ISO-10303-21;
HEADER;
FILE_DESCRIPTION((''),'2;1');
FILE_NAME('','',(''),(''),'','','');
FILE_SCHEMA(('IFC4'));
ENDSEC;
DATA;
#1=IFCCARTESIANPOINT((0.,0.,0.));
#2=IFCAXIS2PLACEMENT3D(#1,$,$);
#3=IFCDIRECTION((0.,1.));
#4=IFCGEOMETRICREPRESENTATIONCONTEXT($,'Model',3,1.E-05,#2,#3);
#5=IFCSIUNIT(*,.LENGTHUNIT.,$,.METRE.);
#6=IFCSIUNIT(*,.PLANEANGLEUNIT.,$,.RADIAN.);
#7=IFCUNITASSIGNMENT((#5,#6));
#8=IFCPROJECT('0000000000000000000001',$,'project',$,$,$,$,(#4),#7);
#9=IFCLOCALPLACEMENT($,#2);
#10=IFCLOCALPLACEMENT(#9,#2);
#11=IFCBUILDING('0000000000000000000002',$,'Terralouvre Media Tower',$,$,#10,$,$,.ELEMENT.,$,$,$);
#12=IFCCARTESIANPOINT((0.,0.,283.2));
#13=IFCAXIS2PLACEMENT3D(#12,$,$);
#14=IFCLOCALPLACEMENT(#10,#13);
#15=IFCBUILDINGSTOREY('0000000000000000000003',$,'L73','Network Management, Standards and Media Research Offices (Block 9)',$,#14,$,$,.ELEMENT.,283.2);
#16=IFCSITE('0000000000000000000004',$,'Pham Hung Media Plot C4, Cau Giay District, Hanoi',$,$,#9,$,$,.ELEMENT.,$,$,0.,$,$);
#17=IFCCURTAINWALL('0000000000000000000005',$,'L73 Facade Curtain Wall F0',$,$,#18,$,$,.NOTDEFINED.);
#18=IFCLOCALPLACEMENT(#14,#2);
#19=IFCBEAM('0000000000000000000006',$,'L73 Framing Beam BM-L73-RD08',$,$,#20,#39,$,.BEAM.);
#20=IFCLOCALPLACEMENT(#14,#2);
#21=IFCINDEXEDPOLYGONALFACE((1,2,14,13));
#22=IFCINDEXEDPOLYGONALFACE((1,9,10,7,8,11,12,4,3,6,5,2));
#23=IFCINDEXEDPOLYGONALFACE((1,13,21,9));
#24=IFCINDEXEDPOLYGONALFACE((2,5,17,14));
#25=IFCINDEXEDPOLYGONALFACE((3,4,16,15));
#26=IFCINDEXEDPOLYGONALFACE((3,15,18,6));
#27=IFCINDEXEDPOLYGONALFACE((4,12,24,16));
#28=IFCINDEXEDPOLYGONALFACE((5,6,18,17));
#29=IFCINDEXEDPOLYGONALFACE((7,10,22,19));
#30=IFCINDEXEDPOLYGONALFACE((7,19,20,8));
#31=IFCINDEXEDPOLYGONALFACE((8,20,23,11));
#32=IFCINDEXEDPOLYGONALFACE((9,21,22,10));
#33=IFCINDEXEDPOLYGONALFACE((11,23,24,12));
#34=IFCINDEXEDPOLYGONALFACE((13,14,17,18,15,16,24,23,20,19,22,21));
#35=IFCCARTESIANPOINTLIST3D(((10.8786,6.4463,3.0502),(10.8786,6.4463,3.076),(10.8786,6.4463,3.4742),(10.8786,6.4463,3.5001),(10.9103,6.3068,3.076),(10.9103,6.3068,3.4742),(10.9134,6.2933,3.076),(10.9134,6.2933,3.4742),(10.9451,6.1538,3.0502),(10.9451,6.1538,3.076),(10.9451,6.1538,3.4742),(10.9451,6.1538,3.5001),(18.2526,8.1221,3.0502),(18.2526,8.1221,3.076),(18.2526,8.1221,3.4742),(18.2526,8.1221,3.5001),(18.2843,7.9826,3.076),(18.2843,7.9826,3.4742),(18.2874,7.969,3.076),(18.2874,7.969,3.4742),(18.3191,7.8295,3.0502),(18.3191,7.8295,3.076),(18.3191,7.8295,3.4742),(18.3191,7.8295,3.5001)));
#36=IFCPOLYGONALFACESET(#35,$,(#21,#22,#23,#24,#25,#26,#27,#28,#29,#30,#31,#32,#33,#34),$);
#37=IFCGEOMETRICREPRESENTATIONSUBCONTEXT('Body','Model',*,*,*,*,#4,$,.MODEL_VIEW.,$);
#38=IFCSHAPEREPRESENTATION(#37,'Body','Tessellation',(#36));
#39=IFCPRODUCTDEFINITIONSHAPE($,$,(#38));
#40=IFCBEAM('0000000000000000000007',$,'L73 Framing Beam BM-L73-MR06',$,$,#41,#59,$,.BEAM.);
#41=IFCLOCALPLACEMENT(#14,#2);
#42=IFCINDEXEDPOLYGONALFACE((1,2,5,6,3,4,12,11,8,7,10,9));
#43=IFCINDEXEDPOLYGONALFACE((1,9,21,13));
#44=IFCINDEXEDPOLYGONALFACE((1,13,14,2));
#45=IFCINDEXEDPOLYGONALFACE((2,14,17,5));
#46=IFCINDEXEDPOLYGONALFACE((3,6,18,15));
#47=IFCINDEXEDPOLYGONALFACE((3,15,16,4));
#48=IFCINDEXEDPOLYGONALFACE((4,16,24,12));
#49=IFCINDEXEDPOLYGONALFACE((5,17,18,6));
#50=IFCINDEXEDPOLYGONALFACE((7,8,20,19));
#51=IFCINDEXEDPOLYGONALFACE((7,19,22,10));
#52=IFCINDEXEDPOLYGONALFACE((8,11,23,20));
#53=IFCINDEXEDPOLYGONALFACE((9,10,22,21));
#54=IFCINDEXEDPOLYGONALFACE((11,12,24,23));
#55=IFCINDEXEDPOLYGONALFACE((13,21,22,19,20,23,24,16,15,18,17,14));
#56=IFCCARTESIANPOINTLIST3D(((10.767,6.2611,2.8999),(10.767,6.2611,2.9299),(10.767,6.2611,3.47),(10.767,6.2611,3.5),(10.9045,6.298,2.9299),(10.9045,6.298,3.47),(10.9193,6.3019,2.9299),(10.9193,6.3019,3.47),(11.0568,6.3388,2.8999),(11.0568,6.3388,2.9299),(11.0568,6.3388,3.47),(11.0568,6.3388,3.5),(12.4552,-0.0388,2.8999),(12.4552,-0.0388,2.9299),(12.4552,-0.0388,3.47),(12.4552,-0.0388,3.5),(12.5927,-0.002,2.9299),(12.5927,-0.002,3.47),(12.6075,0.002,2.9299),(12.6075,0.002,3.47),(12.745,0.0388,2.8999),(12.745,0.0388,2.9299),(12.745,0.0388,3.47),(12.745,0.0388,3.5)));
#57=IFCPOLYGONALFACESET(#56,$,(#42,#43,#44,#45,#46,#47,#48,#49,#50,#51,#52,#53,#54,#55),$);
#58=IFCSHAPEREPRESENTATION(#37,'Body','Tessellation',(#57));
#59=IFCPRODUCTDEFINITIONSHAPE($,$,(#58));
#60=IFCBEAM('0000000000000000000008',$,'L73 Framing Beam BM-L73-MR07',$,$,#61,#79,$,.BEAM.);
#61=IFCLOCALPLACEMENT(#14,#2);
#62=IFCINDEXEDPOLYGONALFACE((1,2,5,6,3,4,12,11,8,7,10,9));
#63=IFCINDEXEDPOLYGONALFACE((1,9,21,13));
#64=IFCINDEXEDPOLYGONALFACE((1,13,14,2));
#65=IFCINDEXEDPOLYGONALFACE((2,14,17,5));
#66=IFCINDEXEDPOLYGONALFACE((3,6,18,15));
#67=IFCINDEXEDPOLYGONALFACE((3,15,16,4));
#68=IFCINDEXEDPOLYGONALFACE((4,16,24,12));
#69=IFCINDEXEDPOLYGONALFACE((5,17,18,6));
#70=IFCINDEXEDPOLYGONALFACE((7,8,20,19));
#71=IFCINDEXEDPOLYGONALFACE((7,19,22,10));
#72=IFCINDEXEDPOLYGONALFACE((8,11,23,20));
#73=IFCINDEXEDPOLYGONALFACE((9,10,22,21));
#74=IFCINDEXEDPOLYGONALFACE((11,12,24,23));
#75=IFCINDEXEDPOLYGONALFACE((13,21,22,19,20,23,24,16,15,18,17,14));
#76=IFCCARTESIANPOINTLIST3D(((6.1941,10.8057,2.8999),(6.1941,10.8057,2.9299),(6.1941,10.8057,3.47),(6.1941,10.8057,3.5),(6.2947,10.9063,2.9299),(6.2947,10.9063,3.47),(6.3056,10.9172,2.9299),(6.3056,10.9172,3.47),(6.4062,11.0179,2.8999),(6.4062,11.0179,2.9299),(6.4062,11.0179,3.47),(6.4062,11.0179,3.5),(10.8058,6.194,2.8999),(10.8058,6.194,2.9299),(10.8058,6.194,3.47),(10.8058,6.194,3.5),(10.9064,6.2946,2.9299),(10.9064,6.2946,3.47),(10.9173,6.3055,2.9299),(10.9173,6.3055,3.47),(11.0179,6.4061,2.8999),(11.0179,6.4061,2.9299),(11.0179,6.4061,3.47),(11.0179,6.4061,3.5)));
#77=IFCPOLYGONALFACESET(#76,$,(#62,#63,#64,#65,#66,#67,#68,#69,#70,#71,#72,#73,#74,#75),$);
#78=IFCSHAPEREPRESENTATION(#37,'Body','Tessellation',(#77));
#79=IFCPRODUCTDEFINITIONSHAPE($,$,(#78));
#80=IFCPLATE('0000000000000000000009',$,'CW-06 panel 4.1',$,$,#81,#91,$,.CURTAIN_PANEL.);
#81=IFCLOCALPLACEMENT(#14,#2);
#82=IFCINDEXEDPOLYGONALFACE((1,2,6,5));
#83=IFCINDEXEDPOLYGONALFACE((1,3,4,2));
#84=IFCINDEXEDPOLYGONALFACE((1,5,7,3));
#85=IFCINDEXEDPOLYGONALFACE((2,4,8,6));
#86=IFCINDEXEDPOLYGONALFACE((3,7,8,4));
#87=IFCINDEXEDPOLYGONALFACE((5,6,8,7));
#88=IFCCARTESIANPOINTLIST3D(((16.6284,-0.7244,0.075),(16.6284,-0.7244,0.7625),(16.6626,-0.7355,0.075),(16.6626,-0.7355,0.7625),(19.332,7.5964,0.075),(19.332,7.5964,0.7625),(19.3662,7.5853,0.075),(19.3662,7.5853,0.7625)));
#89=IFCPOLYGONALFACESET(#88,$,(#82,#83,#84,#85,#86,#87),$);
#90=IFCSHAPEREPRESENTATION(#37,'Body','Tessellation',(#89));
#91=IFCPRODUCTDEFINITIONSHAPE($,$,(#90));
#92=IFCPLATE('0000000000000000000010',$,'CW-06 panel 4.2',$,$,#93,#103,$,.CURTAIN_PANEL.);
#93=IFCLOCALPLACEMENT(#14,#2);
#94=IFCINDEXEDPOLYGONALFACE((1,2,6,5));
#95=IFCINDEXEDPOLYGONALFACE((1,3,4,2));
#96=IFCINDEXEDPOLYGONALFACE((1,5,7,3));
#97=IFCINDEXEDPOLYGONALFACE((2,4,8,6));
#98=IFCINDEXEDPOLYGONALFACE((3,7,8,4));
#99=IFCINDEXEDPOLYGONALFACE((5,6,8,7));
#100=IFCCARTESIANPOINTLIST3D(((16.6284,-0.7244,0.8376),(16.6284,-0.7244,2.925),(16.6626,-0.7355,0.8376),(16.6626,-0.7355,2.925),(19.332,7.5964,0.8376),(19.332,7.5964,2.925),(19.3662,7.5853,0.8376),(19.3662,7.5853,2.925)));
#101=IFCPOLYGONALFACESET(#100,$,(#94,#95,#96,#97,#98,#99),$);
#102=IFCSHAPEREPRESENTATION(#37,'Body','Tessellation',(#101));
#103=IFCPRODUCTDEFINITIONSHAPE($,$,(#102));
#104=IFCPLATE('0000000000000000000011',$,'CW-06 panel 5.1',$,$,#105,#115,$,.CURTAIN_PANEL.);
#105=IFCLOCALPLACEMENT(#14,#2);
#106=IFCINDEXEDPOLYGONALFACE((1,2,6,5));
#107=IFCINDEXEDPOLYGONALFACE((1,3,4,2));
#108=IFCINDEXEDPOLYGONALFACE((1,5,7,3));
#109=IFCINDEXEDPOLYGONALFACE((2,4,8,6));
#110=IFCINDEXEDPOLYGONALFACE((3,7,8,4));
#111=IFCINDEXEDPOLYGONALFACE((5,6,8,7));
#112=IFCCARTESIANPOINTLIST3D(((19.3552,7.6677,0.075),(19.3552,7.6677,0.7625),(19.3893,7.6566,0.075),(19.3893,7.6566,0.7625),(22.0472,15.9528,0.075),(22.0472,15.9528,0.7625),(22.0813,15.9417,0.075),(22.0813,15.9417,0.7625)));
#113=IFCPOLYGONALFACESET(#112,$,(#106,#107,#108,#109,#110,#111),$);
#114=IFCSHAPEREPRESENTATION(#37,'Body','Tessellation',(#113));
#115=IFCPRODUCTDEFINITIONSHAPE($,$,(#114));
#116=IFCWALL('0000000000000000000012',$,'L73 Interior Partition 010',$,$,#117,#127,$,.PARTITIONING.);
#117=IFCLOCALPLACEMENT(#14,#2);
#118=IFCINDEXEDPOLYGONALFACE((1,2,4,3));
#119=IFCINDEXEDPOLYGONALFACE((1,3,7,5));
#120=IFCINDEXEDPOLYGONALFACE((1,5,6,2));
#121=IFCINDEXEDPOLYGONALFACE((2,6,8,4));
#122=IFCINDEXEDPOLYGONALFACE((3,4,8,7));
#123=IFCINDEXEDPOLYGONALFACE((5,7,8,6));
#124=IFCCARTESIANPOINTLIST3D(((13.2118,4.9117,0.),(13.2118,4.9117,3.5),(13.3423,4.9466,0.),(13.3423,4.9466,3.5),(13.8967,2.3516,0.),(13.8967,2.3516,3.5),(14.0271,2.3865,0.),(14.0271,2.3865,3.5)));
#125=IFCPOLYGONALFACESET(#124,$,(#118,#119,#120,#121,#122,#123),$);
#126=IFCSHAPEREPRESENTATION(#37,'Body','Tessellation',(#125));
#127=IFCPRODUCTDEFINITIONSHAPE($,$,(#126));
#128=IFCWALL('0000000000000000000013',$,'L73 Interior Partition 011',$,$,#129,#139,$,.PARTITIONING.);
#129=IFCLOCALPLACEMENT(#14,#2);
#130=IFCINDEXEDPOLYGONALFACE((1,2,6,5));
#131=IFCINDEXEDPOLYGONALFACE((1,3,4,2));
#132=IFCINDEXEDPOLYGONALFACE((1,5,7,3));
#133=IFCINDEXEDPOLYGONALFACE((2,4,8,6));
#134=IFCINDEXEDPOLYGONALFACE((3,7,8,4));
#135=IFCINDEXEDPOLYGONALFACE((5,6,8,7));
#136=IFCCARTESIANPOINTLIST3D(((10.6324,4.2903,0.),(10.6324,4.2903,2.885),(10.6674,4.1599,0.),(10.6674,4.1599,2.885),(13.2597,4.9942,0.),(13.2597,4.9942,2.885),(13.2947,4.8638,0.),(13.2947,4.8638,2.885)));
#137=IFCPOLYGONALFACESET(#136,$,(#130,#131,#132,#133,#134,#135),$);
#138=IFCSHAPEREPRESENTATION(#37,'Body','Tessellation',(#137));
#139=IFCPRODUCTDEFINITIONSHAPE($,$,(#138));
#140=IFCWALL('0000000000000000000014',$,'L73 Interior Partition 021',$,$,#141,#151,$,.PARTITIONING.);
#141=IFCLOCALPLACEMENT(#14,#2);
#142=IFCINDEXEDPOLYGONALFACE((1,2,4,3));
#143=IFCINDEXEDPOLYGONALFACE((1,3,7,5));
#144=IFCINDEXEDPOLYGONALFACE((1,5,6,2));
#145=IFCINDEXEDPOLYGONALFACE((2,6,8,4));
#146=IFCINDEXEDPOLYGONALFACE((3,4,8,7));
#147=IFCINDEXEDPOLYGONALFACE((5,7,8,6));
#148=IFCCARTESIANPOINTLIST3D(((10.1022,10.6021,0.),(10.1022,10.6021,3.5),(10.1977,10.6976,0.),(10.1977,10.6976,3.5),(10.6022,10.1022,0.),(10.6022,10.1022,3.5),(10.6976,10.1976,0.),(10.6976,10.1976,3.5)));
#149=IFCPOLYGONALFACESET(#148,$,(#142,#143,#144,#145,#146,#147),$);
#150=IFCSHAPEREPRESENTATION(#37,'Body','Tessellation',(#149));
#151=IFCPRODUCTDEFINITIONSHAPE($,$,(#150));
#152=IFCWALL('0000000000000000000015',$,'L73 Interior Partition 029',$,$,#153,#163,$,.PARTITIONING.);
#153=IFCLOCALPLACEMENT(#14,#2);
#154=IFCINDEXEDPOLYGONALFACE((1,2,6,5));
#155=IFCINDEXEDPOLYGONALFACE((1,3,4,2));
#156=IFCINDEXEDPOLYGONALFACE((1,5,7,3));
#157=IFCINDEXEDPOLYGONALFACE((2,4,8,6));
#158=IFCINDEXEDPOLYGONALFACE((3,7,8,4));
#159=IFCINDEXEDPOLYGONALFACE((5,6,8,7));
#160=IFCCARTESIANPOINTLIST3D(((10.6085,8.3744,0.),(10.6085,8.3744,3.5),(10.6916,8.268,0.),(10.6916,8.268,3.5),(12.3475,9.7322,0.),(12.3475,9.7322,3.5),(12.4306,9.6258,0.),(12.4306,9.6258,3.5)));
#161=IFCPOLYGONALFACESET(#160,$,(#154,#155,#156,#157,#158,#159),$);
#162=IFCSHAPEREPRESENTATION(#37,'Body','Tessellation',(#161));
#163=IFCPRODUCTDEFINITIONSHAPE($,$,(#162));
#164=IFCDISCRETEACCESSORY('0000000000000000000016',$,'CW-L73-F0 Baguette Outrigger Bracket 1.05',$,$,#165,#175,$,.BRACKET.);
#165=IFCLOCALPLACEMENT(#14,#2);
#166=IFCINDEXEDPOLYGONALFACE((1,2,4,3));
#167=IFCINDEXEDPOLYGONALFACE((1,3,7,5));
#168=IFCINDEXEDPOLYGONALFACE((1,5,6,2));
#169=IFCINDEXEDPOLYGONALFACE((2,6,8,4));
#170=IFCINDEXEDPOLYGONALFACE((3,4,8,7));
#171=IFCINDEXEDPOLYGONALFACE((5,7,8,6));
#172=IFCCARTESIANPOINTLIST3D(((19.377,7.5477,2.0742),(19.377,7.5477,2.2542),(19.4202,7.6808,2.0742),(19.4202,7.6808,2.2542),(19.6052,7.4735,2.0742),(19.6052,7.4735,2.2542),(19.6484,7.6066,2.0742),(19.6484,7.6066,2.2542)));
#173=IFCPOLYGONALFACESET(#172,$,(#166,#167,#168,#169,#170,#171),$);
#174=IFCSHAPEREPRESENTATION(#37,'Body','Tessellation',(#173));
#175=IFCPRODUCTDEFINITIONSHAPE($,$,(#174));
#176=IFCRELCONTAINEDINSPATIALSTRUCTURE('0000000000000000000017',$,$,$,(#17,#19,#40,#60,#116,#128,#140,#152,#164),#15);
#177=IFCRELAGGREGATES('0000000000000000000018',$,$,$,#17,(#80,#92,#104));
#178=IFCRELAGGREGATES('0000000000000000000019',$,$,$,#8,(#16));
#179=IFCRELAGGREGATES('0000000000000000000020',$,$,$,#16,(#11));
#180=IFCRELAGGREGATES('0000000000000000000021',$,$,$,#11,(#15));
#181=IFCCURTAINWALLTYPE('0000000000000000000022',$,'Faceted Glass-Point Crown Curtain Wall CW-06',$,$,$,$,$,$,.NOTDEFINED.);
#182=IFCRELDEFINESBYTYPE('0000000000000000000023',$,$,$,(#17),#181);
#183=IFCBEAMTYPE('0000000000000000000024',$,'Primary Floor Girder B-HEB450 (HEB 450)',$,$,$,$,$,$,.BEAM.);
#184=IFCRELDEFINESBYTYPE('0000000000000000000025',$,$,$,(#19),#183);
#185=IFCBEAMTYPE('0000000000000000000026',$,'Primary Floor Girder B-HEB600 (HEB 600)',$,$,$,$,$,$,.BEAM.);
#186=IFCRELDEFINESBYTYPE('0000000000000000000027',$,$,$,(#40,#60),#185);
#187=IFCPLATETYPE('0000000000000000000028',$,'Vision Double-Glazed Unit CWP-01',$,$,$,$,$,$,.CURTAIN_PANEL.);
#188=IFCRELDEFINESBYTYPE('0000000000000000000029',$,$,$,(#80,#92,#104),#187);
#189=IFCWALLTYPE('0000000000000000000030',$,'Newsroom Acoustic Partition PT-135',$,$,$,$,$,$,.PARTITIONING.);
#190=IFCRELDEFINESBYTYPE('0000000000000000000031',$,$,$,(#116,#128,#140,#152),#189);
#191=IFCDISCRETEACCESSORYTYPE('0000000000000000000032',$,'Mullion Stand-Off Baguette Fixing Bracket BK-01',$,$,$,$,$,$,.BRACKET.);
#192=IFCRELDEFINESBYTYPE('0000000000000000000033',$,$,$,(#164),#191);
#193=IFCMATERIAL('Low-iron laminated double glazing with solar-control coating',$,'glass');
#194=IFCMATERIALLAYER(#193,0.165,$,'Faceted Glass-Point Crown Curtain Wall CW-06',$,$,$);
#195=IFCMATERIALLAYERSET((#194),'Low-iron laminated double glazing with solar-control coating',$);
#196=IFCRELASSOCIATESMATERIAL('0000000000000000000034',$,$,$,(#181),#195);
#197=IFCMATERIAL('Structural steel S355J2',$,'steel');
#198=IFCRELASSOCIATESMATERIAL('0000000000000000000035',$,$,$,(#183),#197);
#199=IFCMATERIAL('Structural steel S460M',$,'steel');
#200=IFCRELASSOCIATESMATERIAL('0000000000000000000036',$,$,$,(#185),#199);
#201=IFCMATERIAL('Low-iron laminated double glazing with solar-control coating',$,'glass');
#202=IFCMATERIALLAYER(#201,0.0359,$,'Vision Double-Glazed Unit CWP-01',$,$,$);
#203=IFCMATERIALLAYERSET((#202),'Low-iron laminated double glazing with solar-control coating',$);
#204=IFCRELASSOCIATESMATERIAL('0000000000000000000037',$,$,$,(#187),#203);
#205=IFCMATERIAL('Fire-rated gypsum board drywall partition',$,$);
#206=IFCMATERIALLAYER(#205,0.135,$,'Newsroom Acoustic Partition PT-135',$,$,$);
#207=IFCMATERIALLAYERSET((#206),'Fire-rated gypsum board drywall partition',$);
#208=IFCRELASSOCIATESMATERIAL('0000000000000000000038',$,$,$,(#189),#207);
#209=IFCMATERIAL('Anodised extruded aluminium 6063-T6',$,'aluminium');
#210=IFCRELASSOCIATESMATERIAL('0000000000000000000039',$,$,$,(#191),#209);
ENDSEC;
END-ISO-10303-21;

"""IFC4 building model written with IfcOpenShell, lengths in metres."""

from ifc_helpers import new_model, si_unit, direction, frame, frame_2d, origin, origin_2d, place, context, subcontext, project, spatial, rectangle, i_section, extrude, material, layer, layer_set, material_profile, profile_set, type_object, element, aggregate, save


model = new_model("IFC4")

# Units and contexts
model_context = context("Model", 3, precision=1e-05, world=origin(), true_north=direction((0.0, 1.0)))
body_context = subcontext(model_context, "Body", "Model", "MODEL_VIEW")
ifc_project = project(units=[si_unit("LENGTHUNIT", "METRE"), si_unit("PLANEANGLEUNIT", "RADIAN")], contexts=[model_context])

# Site, building, storey
site_placement = place(None, origin())
site = spatial("IfcSite", under=ifc_project, at=site_placement, Name="Pham Hung Media Plot C4, Cau Giay District, Hanoi", CompositionType="ELEMENT", RefElevation=0.0)
building_placement = place(site_placement, origin())
building = spatial("IfcBuilding", under=site, at=building_placement, Name="Terralouvre Media Tower", CompositionType="ELEMENT")
storey_placement = place(building_placement, frame((0.0, 0.0, 283.2)))
storey = spatial("IfcBuildingStorey", under=building, at=storey_placement, Name="L73", Description="Network Management, Standards and Media Research Offices (Block 9)", CompositionType="ELEMENT", Elevation=283.2)

# Curtain wall
ifc_material_1 = material(Name="Low-iron laminated double glazing with solar-control coating", Category="glass")
ifc_layer_1 = layer(ifc_material_1, 0.165, Name="Faceted Glass-Point Crown Curtain Wall CW-06")
ifc_layer_set_1 = layer_set([ifc_layer_1], Name="Low-iron laminated double glazing with solar-control coating")
curtain_wall_type = type_object("IfcCurtainWallType", Name="Faceted Glass-Point Crown Curtain Wall CW-06", PredefinedType="NOTDEFINED", material=ifc_layer_set_1)
curtain_wall_placement = place(storey_placement, origin())
curtain_wall = element("IfcCurtainWall", 1, at=curtain_wall_placement, inside=storey, type_object=curtain_wall_type, Name="L73 Facade Curtain Wall F0", PredefinedType="NOTDEFINED")

# Beams
ifc_material_2 = material(Name="Structural steel S355J2", Category="steel")
ifc_material_profile_1 = material_profile(ifc_material_2, i_section(OverallWidth=0.3, OverallDepth=0.45, WebThickness=0.0139, FlangeThickness=0.0259, at=origin_2d()), Name="HEB 450")
ifc_profile_set_1 = profile_set([ifc_material_profile_1], Name="Structural steel S355J2")
beam_type_1 = type_object("IfcBeamType", Name="Primary Floor Girder B-HEB450 (HEB 450)", PredefinedType="BEAM", material=ifc_profile_set_1)
beam_1_placement = place(storey_placement, frame((10.9119, 6.3, 3.2751), z_axis=(0.975137, 0.221604, 0.0), x_axis=(-0.221604, 0.975137, 0.0)))
element("IfcBeam", 2, at=beam_1_placement, inside=storey, type_object=beam_type_1, Name="L73 Framing Beam BM-L73-RD08", PredefinedType="BEAM", context=body_context, shape_type="SweptSolid", body=[
    extrude(i_section(OverallWidth=0.3, OverallDepth=0.45, WebThickness=0.0139, FlangeThickness=0.0259, at=origin_2d()), origin(), (0.0, 0.0, 1.0), 7.562),
])
ifc_material_3 = material(Name="Structural steel S460M", Category="steel")
ifc_material_profile_2 = material_profile(ifc_material_3, i_section(OverallWidth=0.3, OverallDepth=0.6001, WebThickness=0.0154, FlangeThickness=0.03, at=origin_2d()), Name="HEB 600")
ifc_profile_set_2 = profile_set([ifc_material_profile_2], Name="Structural steel S460M")
beam_type_2 = type_object("IfcBeamType", Name="Primary Floor Girder B-HEB600 (HEB 600)", PredefinedType="BEAM", material=ifc_profile_set_2)
beam_2_placement = place(storey_placement, frame((12.6001, 0.0, 3.2), z_axis=(-0.258839, 0.96592, 0.0), x_axis=(-0.96592, -0.258839, 0.0)))
element("IfcBeam", 3, at=beam_2_placement, inside=storey, type_object=beam_type_2, Name="L73 Framing Beam BM-L73-MR06", PredefinedType="BEAM", context=body_context, shape_type="SweptSolid", body=[
    extrude(i_section(OverallWidth=0.3, OverallDepth=0.6001, WebThickness=0.0154, FlangeThickness=0.03, at=origin_2d()), origin(), (0.0, 0.0, 1.0), 6.5222),
])
beam_3_placement = place(storey_placement, frame((10.9119, 6.3, 3.2), z_axis=(-0.707107, 0.707107, 0.0), x_axis=(-0.707107, -0.707107, 0.0)))
element("IfcBeam", 4, at=beam_3_placement, inside=storey, type_object=beam_type_2, Name="L73 Framing Beam BM-L73-MR07", PredefinedType="BEAM", context=body_context, shape_type="SweptSolid", body=[
    extrude(i_section(OverallWidth=0.3, OverallDepth=0.6001, WebThickness=0.0154, FlangeThickness=0.03, at=origin_2d()), origin(), (0.0, 0.0, 1.0), 6.522),
])

# Plates
ifc_material_4 = material(Name="Low-iron laminated double glazing with solar-control coating", Category="glass")
ifc_layer_2 = layer(ifc_material_4, 0.0359, Name="Vision Double-Glazed Unit CWP-01")
ifc_layer_set_2 = layer_set([ifc_layer_2], Name="Low-iron laminated double glazing with solar-control coating")
plate_type = type_object("IfcPlateType", Name="Vision Double-Glazed Unit CWP-01", PredefinedType="CURTAIN_PANEL", material=ifc_layer_set_2)
plate_1_placement = place(storey_placement, frame((17.9973, 3.4304, 0.075), z_axis=(0.0, 0.0, 1.0), x_axis=(0.309017, 0.951057, 0.0)))
plate_1 = element("IfcPlate", 5, at=plate_1_placement, type_object=plate_type, Name="CW-06 panel 4.1", PredefinedType="CURTAIN_PANEL", context=body_context, shape_type="SweptSolid", body=[
    extrude(rectangle(XDim=8.749, YDim=0.0359, at=origin_2d()), origin(), (0.0, 0.0, 1.0), 0.6875),
])
plate_2_placement = place(storey_placement, frame((17.9973, 3.4304, 0.8376), z_axis=(0.0, 0.0, 1.0), x_axis=(0.309017, 0.951057, 0.0)))
plate_2 = element("IfcPlate", 6, at=plate_2_placement, type_object=plate_type, Name="CW-06 panel 4.2", PredefinedType="CURTAIN_PANEL", context=body_context, shape_type="SweptSolid", body=[
    extrude(rectangle(XDim=8.749, YDim=0.0359, at=origin_2d()), origin(), (0.0, 0.0, 1.0), 2.0874),
])
plate_3_placement = place(storey_placement, frame((20.7183, 11.8047, 0.075), z_axis=(0.0, 0.0, 1.0), x_axis=(0.309017, 0.951057, 0.0)))
plate_3 = element("IfcPlate", 7, at=plate_3_placement, type_object=plate_type, Name="CW-06 panel 5.1", PredefinedType="CURTAIN_PANEL", context=body_context, shape_type="SweptSolid", body=[
    extrude(rectangle(XDim=8.7114, YDim=0.0359, at=origin_2d()), origin(), (0.0, 0.0, 1.0), 0.6875),
])
aggregate(curtain_wall, [plate_1, plate_2, plate_3])

# Walls
ifc_material_5 = material(Name="Fire-rated gypsum board drywall partition")
ifc_layer_3 = layer(ifc_material_5, 0.135, Name="Newsroom Acoustic Partition PT-135")
ifc_layer_set_3 = layer_set([ifc_layer_3], Name="Fire-rated gypsum board drywall partition")
wall_type = type_object("IfcWallType", Name="Newsroom Acoustic Partition PT-135", PredefinedType="PARTITIONING", material=ifc_layer_set_3)
wall_1_placement = place(storey_placement, frame((13.9619, 2.3689, 0.0), z_axis=(0.0, 0.0, 1.0), x_axis=(-0.258414, 0.966034, 0.0)))
element("IfcWall", 8, at=wall_1_placement, inside=storey, type_object=wall_type, Name="L73 Interior Partition 010", PredefinedType="PARTITIONING", context=body_context, shape_type="SweptSolid", body=[
    extrude(rectangle(XDim=2.6501, YDim=0.135, at=frame_2d((1.3252, 0.0))), origin(), (0.0, 0.0, 1.0), 3.5),
])
wall_2_placement = place(storey_placement, frame((13.2771, 4.929, 0.0), z_axis=(0.0, 0.0, 1.0), x_axis=(-0.965935, -0.258785, 0.0)))
element("IfcWall", 9, at=wall_2_placement, inside=storey, type_object=wall_type, Name="L73 Interior Partition 011", PredefinedType="PARTITIONING", context=body_context, shape_type="SweptSolid", body=[
    extrude(rectangle(XDim=2.72, YDim=0.135, at=frame_2d((1.3599, 0.0))), origin(), (0.0, 0.0, 1.0), 2.885),
])
wall_3_placement = place(storey_placement, frame((10.6499, 10.1499, 0.0), z_axis=(0.0, 0.0, 1.0), x_axis=(-0.707107, 0.707107, 0.0)))
element("IfcWall", 10, at=wall_3_placement, inside=storey, type_object=wall_type, Name="L73 Interior Partition 021", PredefinedType="PARTITIONING", context=body_context, shape_type="SweptSolid", body=[
    extrude(rectangle(XDim=0.707, YDim=0.135, at=frame_2d((0.3535, 0.0))), origin(), (0.0, 0.0, 1.0), 3.5),
])
wall_4_placement = place(storey_placement, frame((12.3889, 9.679, 0.0), z_axis=(0.0, 0.0, 1.0), x_axis=(-0.788177, -0.615449, 0.0)))
element("IfcWall", 11, at=wall_4_placement, inside=storey, type_object=wall_type, Name="L73 Interior Partition 029", PredefinedType="PARTITIONING", context=body_context, shape_type="SweptSolid", body=[
    extrude(rectangle(XDim=2.2063, YDim=0.135, at=frame_2d((1.103, 0.0))), origin(), (0.0, 0.0, 1.0), 3.5),
])

# Discrete accessory
ifc_material_6 = material(Name="Anodised extruded aluminium 6063-T6", Category="aluminium")
discrete_accessory_type = type_object("IfcDiscreteAccessoryType", Name="Mullion Stand-Off Baguette Fixing Bracket BK-01", PredefinedType="BRACKET", material=ifc_material_6)
discrete_accessory_placement = place(storey_placement, frame((19.5127, 7.5771, 2.0742), z_axis=(0.0, 0.0, 1.0), x_axis=(0.309017, 0.951057, 0.0)))
element("IfcDiscreteAccessory", 12, at=discrete_accessory_placement, inside=storey, type_object=discrete_accessory_type, Name="CW-L73-F0 Baguette Outrigger Bracket 1.05", PredefinedType="BRACKET", context=body_context, shape_type="SweptSolid", body=[
    extrude(rectangle(XDim=0.1399, YDim=0.24, at=origin_2d()), origin(), (0.0, 0.0, 1.0), 0.1799),
])

save(model, "model.ifc")
